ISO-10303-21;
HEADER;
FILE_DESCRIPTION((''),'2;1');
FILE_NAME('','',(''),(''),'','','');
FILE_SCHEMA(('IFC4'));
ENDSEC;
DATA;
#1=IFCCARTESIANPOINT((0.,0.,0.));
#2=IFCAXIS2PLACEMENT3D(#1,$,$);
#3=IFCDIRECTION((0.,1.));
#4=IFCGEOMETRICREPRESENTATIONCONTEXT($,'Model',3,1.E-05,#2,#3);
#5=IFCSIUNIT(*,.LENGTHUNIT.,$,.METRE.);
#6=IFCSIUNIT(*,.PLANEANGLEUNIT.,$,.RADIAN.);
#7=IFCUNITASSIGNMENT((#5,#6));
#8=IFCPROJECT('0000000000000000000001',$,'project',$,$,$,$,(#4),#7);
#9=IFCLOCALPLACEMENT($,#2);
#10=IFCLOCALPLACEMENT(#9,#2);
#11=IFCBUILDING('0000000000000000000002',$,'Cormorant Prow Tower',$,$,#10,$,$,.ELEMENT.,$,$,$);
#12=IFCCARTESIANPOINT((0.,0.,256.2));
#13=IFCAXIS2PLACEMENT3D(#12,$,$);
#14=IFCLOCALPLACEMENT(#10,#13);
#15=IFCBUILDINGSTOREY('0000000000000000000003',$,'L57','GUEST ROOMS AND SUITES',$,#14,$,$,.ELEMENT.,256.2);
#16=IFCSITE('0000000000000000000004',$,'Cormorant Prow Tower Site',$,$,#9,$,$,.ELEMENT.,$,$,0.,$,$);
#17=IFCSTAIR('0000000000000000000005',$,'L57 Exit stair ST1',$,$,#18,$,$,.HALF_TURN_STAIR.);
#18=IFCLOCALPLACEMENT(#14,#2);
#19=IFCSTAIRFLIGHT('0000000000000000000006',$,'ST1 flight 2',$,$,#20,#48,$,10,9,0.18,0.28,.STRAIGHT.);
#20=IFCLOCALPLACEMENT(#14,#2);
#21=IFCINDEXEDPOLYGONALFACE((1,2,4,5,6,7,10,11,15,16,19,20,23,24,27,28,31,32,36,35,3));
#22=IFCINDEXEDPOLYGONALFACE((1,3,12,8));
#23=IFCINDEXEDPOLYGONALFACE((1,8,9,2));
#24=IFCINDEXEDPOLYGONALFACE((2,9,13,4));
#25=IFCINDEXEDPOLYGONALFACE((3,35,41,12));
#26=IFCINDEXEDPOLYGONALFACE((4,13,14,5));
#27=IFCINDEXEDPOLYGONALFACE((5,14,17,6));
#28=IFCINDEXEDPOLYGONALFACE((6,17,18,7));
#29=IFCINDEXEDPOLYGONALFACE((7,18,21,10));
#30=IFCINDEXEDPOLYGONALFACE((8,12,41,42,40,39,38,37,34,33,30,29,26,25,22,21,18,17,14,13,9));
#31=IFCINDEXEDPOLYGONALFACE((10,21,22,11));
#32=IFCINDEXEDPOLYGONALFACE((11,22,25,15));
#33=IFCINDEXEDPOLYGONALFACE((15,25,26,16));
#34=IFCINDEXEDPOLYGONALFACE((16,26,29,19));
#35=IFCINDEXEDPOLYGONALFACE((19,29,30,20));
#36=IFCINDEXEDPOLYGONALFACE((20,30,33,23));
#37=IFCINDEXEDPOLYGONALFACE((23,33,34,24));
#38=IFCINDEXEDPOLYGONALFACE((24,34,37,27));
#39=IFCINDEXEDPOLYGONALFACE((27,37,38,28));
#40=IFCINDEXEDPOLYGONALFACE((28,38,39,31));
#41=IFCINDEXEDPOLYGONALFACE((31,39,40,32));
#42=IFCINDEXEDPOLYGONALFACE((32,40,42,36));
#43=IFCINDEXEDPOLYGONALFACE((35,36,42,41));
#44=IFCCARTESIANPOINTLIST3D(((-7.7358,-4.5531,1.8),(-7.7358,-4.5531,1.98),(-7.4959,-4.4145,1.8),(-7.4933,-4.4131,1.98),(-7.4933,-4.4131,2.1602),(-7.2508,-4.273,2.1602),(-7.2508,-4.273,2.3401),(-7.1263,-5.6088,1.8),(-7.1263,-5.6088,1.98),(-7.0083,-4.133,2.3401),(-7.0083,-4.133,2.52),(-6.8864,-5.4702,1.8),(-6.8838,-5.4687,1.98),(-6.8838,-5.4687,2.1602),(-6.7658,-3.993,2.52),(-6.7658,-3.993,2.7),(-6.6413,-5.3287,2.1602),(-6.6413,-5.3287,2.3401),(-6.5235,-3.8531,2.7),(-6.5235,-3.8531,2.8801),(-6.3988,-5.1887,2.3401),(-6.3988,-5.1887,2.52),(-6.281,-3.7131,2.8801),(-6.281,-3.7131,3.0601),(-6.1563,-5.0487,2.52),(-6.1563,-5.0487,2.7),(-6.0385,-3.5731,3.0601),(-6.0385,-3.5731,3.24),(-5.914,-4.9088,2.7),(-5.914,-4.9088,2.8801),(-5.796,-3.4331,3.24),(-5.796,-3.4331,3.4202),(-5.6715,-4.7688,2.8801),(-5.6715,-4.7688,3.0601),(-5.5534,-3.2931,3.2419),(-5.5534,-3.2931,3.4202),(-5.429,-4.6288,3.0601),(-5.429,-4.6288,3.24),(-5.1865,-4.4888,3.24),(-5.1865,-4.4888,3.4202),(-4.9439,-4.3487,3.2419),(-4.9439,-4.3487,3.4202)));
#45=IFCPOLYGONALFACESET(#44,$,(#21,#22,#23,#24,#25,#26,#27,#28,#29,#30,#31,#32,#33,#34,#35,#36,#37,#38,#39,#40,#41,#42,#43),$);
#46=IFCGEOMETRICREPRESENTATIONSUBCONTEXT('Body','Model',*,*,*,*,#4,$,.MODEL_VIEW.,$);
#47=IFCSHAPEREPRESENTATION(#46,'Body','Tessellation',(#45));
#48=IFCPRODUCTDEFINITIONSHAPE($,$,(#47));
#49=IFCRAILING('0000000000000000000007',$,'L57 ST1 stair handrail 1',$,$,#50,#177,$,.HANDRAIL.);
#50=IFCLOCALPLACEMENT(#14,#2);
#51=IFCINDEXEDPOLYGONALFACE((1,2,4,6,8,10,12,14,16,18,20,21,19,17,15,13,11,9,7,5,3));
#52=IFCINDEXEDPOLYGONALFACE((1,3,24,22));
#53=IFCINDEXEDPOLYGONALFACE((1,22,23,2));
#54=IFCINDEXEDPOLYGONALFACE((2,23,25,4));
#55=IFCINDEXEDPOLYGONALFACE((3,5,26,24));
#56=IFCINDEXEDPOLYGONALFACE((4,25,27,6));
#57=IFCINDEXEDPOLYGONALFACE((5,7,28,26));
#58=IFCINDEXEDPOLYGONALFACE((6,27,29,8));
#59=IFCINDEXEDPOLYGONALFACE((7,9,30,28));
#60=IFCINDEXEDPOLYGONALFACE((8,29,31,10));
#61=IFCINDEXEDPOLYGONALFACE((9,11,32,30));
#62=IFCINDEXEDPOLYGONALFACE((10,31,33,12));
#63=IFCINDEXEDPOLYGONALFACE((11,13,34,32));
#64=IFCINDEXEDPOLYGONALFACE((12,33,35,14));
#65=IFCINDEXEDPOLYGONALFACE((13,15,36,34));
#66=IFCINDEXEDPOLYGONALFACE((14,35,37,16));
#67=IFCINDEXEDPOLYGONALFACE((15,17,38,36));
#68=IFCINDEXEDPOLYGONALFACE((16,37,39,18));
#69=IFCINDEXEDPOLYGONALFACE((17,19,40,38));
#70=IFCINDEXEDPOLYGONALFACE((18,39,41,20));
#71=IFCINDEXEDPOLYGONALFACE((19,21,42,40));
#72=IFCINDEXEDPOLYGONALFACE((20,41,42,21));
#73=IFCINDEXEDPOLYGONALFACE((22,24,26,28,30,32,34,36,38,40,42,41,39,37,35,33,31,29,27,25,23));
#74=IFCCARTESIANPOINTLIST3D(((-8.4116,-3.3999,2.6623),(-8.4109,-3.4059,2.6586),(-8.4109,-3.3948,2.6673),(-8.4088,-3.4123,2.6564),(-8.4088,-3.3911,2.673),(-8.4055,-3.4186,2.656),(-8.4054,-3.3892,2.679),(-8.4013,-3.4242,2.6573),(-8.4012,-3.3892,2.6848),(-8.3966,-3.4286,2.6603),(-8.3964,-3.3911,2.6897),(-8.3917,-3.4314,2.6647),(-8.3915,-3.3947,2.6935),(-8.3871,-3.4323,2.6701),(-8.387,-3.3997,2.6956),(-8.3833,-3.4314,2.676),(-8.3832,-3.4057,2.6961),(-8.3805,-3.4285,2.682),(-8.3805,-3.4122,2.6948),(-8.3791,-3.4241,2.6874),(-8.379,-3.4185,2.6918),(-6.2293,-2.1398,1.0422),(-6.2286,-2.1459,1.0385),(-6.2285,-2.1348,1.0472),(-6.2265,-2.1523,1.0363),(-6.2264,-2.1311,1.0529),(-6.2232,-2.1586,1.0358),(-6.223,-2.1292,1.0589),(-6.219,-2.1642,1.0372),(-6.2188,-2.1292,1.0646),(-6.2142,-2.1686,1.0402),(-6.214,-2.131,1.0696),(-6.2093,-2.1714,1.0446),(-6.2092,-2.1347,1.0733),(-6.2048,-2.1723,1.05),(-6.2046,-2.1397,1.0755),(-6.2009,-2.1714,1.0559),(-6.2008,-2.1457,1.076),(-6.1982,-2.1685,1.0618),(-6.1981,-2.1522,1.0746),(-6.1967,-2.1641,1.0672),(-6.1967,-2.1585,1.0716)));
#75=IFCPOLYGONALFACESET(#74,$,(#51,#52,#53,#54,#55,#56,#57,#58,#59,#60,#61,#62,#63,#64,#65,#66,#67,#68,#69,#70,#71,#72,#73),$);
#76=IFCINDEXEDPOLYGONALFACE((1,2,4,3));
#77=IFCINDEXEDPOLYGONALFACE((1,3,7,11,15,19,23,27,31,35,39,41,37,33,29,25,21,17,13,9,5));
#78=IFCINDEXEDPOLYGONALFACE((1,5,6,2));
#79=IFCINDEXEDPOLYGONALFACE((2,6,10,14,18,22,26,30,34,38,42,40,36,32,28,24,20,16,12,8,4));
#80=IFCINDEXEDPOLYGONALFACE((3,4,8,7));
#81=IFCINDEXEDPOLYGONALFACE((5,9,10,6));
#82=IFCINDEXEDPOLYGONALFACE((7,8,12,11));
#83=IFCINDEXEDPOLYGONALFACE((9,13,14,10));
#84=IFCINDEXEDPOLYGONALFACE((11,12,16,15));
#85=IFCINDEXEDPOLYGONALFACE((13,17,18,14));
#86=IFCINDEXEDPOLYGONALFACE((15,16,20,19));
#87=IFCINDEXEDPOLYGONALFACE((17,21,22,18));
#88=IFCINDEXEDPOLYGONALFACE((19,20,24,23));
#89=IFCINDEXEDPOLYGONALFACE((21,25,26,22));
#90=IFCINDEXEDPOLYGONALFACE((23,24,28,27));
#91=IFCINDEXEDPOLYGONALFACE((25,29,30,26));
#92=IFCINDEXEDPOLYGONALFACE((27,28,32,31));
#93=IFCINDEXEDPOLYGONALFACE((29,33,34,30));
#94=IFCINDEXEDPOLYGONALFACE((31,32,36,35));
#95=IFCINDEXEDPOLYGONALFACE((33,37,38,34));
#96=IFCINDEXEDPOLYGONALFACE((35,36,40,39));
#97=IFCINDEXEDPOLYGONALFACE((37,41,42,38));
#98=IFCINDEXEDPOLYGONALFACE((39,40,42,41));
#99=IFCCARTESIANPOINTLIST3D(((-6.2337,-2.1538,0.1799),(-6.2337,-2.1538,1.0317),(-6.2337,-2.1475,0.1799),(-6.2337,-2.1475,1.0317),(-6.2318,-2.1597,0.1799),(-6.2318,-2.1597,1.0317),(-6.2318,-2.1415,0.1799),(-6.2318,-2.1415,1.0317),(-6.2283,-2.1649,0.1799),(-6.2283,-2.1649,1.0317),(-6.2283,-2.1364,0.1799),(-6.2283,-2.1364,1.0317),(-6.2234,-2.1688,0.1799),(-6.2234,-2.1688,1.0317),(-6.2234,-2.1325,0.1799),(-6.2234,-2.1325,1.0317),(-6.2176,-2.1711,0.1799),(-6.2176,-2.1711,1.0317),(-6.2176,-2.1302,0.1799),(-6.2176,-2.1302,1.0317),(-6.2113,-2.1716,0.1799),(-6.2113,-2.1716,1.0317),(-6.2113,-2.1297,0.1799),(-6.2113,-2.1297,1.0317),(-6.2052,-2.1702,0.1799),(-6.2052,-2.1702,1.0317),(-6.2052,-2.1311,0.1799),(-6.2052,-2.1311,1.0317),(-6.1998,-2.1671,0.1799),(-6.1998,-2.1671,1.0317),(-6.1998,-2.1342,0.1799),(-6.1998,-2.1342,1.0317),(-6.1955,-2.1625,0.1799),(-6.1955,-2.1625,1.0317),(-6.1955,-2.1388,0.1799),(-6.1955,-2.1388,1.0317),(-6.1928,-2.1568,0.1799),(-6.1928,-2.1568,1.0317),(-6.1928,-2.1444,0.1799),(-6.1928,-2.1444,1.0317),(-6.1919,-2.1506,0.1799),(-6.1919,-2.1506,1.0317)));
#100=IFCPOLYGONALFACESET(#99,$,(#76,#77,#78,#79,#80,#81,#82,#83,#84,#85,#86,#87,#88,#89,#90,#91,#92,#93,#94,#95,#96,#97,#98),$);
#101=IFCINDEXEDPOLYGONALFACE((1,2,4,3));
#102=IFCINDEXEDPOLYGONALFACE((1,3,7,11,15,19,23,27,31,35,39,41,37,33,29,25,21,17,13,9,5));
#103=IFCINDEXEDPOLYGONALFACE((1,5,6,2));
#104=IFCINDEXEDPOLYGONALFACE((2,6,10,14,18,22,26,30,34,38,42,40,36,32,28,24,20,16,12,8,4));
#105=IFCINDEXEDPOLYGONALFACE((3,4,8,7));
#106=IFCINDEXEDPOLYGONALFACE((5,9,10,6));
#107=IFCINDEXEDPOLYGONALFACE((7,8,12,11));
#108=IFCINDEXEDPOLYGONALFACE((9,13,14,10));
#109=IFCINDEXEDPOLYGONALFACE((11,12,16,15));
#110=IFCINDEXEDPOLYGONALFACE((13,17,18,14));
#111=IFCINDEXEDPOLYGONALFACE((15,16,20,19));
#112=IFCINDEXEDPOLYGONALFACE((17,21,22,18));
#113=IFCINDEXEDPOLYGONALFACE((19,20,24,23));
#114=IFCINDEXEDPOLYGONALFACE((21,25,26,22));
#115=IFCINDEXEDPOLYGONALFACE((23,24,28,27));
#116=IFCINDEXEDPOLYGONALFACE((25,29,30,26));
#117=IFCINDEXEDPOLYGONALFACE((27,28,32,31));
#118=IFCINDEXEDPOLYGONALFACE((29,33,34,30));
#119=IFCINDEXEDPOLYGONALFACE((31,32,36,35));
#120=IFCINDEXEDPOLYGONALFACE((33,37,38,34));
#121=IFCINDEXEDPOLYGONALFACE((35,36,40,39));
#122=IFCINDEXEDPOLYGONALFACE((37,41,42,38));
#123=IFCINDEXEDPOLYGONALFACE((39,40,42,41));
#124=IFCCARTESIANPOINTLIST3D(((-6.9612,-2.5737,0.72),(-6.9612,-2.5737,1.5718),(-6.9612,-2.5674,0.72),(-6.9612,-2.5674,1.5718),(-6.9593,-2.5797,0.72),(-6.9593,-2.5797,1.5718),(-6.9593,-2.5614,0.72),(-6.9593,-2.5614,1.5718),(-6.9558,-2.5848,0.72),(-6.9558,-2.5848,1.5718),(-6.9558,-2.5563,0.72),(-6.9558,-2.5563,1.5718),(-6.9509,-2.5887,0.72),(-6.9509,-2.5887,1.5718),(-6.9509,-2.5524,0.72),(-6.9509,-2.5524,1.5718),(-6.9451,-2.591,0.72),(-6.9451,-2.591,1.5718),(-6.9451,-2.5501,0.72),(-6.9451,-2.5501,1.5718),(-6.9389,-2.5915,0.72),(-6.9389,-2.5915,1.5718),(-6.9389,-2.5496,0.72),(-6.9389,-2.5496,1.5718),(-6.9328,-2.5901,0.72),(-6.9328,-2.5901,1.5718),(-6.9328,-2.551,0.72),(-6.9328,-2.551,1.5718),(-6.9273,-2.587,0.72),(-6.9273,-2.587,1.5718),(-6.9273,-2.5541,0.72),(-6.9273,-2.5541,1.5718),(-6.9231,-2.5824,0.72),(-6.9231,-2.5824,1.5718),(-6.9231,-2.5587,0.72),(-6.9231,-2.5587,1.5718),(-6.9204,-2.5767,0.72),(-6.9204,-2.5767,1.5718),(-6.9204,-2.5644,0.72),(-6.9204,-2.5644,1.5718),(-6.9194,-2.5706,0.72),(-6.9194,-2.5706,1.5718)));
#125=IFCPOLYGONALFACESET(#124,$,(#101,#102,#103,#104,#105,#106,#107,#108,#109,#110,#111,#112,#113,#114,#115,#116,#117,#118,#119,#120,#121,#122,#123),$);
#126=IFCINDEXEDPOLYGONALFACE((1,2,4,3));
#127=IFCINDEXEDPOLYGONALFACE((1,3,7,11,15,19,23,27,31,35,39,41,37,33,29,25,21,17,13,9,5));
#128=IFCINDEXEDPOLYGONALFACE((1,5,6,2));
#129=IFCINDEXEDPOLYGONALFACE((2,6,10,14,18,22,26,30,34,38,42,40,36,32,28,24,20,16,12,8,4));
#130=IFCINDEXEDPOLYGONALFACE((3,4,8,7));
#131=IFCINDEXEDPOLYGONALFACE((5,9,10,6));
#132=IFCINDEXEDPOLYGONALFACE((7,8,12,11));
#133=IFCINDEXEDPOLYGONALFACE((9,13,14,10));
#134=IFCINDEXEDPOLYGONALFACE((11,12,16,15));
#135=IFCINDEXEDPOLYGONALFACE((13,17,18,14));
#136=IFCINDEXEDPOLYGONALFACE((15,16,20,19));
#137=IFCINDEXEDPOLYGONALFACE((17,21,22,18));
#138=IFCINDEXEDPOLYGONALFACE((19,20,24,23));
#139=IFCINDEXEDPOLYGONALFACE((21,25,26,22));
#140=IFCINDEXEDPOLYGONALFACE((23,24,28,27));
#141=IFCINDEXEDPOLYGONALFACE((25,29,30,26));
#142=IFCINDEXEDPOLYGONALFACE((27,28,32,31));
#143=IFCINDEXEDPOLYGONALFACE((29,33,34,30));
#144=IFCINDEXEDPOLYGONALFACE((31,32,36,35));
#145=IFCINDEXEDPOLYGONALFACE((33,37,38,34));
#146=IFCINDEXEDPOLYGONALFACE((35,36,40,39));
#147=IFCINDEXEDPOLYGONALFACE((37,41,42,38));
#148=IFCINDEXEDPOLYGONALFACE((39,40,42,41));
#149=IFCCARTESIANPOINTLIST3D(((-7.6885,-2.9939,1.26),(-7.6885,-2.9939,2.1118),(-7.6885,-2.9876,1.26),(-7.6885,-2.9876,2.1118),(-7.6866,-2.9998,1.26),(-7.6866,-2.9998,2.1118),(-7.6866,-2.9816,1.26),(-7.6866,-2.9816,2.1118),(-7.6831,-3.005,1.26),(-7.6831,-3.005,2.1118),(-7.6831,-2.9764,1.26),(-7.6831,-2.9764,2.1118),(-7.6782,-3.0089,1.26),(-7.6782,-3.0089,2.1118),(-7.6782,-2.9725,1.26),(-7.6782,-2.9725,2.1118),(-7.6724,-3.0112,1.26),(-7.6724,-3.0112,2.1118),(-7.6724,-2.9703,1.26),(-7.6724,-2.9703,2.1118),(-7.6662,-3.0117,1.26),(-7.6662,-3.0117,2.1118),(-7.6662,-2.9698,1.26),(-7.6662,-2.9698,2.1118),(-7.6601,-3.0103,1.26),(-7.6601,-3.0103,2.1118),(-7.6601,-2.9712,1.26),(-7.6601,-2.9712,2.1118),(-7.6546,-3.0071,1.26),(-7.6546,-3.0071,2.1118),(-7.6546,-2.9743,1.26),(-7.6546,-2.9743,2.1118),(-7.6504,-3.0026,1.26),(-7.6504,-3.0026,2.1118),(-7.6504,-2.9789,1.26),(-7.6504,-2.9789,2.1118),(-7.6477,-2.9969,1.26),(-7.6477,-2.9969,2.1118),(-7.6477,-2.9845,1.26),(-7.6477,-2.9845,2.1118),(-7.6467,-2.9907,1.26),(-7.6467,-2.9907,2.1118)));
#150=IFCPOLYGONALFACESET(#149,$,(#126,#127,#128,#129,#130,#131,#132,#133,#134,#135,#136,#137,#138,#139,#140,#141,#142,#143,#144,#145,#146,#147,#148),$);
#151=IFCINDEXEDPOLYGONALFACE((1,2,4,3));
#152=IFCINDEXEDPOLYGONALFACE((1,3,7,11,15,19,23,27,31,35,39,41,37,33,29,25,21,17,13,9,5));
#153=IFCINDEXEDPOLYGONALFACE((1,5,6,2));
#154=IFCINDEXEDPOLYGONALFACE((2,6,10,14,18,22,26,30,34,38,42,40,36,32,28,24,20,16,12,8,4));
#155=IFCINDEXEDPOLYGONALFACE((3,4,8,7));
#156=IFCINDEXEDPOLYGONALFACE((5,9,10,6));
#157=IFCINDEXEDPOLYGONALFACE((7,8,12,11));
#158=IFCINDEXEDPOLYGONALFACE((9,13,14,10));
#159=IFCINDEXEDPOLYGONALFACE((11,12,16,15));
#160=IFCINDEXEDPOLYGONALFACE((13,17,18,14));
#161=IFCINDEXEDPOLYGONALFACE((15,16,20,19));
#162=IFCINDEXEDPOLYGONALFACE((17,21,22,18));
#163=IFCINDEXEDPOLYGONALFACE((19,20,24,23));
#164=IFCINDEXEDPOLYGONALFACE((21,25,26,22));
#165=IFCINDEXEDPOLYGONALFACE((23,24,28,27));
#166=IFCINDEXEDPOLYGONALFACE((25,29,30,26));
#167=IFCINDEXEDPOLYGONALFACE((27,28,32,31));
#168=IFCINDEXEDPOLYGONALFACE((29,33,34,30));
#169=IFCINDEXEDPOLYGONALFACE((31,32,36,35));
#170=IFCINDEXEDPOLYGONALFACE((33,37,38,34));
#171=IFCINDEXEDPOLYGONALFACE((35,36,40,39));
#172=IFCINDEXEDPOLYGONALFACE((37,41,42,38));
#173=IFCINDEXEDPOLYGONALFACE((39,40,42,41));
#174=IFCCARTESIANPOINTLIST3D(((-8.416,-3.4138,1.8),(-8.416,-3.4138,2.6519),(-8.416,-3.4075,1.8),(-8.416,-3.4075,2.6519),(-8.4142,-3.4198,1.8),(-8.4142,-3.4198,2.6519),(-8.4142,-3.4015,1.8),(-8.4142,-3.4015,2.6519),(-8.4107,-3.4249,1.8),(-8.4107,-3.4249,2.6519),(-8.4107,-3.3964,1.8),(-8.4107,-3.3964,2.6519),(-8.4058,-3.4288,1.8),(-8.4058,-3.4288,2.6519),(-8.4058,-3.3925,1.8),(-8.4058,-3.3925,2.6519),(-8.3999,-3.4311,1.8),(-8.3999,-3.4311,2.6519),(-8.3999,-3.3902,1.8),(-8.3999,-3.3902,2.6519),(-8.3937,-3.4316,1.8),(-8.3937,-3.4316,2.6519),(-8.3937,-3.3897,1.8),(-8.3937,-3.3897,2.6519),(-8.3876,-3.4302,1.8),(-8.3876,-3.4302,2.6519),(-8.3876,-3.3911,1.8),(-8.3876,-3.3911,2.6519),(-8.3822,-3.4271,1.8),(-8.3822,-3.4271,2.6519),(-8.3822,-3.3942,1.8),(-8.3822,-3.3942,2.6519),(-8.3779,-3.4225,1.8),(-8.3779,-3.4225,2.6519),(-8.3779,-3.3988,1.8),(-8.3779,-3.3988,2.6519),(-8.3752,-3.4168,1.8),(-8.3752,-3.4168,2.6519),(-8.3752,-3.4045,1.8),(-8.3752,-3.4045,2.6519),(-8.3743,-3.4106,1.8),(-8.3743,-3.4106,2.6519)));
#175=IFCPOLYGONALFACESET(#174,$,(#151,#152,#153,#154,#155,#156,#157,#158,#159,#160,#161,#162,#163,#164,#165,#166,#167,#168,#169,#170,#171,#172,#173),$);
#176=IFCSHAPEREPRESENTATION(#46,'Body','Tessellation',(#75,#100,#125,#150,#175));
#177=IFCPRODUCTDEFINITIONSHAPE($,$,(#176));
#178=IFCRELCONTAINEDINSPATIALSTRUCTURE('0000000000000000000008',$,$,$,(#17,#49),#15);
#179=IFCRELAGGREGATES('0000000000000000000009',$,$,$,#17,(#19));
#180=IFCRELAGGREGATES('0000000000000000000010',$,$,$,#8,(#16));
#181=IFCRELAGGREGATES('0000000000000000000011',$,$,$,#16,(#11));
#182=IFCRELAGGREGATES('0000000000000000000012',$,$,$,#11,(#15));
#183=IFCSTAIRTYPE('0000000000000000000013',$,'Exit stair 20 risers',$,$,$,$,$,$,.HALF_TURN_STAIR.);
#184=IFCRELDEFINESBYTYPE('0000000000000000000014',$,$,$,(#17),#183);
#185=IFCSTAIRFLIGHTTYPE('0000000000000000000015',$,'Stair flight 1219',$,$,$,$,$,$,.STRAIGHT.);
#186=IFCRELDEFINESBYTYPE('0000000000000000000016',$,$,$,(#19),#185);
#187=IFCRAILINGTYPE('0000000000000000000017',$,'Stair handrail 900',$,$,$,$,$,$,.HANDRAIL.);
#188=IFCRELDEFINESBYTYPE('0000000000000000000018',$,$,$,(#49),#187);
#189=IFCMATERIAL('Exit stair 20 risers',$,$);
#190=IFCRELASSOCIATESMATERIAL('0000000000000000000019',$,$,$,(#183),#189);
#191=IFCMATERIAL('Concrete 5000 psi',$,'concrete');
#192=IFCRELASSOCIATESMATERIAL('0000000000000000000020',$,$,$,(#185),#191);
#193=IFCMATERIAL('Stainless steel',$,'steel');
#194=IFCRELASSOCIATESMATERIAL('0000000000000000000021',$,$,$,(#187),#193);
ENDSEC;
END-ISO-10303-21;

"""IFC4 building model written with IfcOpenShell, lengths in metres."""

from ifc_helpers import new_model, si_unit, direction, frame, origin, origin_2d, place, context, subcontext, project, spatial, polyline, circle, outline, extrude, material, type_object, element, aggregate, save


model = new_model("IFC4")

# Units and contexts
model_context = context("Model", 3, precision=1e-05, world=origin(), true_north=direction((0.0, 1.0)))
body_context = subcontext(model_context, "Body", "Model", "MODEL_VIEW")
ifc_project = project(units=[si_unit("LENGTHUNIT", "METRE"), si_unit("PLANEANGLEUNIT", "RADIAN")], contexts=[model_context])

# Site, building, storey
site_placement = place(None, origin())
site = spatial("IfcSite", under=ifc_project, at=site_placement, Name="Cormorant Prow Tower Site", CompositionType="ELEMENT", RefElevation=0.0)
building_placement = place(site_placement, origin())
building = spatial("IfcBuilding", under=site, at=building_placement, Name="Cormorant Prow Tower", CompositionType="ELEMENT")
storey_placement = place(building_placement, frame((0.0, 0.0, 256.2)))
storey = spatial("IfcBuildingStorey", under=building, at=storey_placement, Name="L57", Description="GUEST ROOMS AND SUITES", CompositionType="ELEMENT", Elevation=256.2)

# Stair, stair flight
ifc_material_1 = material(Name="Exit stair 20 risers")
stair_type = type_object("IfcStairType", Name="Exit stair 20 risers", PredefinedType="HALF_TURN_STAIR", material=ifc_material_1)
stair_placement = place(storey_placement, origin())
stair = element("IfcStair", 1, at=stair_placement, inside=storey, type_object=stair_type, Name="L57 Exit stair ST1", PredefinedType="HALF_TURN_STAIR")
ifc_material_2 = material(Name="Concrete 5000 psi", Category="concrete")
stair_flight_type = type_object("IfcStairFlightType", Name="Stair flight 1219", PredefinedType="STRAIGHT", material=ifc_material_2)
stair_flight_1_placement = place(storey_placement, frame((-7.4312, -5.0808, 1.8), z_axis=(0.0, 0.0, 1.0), x_axis=(0.866025, 0.5, 0.0)))
stair_flight_1 = element("IfcStairFlight", 2, at=stair_flight_1_placement, type_object=stair_flight_type, Name="ST1 flight 2", NumberOfRisers=10, NumberOfTreads=9, PredefinedType="STRAIGHT", RiserHeight=0.18, TreadLength=0.28, context=body_context, shape_type="SweptSolid", body=[
    extrude(outline(polyline([(0.0, 0.0), (0.0, 0.1799), (0.28, 0.1799), (0.28, 0.3601), (0.5601, 0.3601), (0.5601, 0.54), (0.8401, 0.54), (0.8401, 0.72), (1.1201, 0.72), (1.1201, 0.8999), (1.3999, 0.8999), (1.3999, 1.0801), (1.6799, 1.0801), (1.6799, 1.26), (1.96, 1.26), (1.96, 1.4399), (2.24, 1.4399), (2.24, 1.6201), (2.52, 1.6201), (2.52, 1.8), (2.52, 1.4419), (0.2771, 0.0), (0.0, 0.0)])), frame((0.0, 0.6094, 0.0), z_axis=(0.0, -1.0, 0.0), x_axis=(1.0, 0.0, 0.0)), (0.0, 0.0, 1.0), 1.219),
])
aggregate(stair, [stair_flight_1])

# Railing
ifc_material_3 = material(Name="Stainless steel", Category="steel")
railing_type_1 = type_object("IfcRailingType", Name="Stair handrail 900", PredefinedType="HANDRAIL", material=ifc_material_3)
railing_1_placement = place(storey_placement, frame((-6.2129, -2.1506, 0.1799)))
element("IfcRailing", 3, at=railing_1_placement, inside=storey, type_object=railing_type_1, Name="L57 ST1 stair handrail 1", PredefinedType="HANDRAIL", context=body_context, shape_type="SweptSolid", body=[
    extrude(circle(Radius=0.0239, at=origin_2d()), frame((0.0, 0.0, 0.876), z_axis=(-0.728464, -0.420584, 0.540786), x_axis=(0.500005, -0.866023, 0.0)), (0.0, 0.0, 1.0), 2.9958),
    extrude(circle(Radius=0.021, at=origin_2d()), origin(), (0.0, 0.0, 1.0), 0.8518),
    extrude(circle(Radius=0.021, at=origin_2d()), frame((-0.7275, -0.4199, 0.54)), (0.0, 0.0, 1.0), 0.8518),
    extrude(circle(Radius=0.021, at=origin_2d()), frame((-1.4548, -0.8401, 1.0801)), (0.0, 0.0, 1.0), 0.8518),
    extrude(circle(Radius=0.021, at=origin_2d()), frame((-2.1824, -1.26, 1.6201)), (0.0, 0.0, 1.0), 0.8518),
])

save(model, "model.ifc")
